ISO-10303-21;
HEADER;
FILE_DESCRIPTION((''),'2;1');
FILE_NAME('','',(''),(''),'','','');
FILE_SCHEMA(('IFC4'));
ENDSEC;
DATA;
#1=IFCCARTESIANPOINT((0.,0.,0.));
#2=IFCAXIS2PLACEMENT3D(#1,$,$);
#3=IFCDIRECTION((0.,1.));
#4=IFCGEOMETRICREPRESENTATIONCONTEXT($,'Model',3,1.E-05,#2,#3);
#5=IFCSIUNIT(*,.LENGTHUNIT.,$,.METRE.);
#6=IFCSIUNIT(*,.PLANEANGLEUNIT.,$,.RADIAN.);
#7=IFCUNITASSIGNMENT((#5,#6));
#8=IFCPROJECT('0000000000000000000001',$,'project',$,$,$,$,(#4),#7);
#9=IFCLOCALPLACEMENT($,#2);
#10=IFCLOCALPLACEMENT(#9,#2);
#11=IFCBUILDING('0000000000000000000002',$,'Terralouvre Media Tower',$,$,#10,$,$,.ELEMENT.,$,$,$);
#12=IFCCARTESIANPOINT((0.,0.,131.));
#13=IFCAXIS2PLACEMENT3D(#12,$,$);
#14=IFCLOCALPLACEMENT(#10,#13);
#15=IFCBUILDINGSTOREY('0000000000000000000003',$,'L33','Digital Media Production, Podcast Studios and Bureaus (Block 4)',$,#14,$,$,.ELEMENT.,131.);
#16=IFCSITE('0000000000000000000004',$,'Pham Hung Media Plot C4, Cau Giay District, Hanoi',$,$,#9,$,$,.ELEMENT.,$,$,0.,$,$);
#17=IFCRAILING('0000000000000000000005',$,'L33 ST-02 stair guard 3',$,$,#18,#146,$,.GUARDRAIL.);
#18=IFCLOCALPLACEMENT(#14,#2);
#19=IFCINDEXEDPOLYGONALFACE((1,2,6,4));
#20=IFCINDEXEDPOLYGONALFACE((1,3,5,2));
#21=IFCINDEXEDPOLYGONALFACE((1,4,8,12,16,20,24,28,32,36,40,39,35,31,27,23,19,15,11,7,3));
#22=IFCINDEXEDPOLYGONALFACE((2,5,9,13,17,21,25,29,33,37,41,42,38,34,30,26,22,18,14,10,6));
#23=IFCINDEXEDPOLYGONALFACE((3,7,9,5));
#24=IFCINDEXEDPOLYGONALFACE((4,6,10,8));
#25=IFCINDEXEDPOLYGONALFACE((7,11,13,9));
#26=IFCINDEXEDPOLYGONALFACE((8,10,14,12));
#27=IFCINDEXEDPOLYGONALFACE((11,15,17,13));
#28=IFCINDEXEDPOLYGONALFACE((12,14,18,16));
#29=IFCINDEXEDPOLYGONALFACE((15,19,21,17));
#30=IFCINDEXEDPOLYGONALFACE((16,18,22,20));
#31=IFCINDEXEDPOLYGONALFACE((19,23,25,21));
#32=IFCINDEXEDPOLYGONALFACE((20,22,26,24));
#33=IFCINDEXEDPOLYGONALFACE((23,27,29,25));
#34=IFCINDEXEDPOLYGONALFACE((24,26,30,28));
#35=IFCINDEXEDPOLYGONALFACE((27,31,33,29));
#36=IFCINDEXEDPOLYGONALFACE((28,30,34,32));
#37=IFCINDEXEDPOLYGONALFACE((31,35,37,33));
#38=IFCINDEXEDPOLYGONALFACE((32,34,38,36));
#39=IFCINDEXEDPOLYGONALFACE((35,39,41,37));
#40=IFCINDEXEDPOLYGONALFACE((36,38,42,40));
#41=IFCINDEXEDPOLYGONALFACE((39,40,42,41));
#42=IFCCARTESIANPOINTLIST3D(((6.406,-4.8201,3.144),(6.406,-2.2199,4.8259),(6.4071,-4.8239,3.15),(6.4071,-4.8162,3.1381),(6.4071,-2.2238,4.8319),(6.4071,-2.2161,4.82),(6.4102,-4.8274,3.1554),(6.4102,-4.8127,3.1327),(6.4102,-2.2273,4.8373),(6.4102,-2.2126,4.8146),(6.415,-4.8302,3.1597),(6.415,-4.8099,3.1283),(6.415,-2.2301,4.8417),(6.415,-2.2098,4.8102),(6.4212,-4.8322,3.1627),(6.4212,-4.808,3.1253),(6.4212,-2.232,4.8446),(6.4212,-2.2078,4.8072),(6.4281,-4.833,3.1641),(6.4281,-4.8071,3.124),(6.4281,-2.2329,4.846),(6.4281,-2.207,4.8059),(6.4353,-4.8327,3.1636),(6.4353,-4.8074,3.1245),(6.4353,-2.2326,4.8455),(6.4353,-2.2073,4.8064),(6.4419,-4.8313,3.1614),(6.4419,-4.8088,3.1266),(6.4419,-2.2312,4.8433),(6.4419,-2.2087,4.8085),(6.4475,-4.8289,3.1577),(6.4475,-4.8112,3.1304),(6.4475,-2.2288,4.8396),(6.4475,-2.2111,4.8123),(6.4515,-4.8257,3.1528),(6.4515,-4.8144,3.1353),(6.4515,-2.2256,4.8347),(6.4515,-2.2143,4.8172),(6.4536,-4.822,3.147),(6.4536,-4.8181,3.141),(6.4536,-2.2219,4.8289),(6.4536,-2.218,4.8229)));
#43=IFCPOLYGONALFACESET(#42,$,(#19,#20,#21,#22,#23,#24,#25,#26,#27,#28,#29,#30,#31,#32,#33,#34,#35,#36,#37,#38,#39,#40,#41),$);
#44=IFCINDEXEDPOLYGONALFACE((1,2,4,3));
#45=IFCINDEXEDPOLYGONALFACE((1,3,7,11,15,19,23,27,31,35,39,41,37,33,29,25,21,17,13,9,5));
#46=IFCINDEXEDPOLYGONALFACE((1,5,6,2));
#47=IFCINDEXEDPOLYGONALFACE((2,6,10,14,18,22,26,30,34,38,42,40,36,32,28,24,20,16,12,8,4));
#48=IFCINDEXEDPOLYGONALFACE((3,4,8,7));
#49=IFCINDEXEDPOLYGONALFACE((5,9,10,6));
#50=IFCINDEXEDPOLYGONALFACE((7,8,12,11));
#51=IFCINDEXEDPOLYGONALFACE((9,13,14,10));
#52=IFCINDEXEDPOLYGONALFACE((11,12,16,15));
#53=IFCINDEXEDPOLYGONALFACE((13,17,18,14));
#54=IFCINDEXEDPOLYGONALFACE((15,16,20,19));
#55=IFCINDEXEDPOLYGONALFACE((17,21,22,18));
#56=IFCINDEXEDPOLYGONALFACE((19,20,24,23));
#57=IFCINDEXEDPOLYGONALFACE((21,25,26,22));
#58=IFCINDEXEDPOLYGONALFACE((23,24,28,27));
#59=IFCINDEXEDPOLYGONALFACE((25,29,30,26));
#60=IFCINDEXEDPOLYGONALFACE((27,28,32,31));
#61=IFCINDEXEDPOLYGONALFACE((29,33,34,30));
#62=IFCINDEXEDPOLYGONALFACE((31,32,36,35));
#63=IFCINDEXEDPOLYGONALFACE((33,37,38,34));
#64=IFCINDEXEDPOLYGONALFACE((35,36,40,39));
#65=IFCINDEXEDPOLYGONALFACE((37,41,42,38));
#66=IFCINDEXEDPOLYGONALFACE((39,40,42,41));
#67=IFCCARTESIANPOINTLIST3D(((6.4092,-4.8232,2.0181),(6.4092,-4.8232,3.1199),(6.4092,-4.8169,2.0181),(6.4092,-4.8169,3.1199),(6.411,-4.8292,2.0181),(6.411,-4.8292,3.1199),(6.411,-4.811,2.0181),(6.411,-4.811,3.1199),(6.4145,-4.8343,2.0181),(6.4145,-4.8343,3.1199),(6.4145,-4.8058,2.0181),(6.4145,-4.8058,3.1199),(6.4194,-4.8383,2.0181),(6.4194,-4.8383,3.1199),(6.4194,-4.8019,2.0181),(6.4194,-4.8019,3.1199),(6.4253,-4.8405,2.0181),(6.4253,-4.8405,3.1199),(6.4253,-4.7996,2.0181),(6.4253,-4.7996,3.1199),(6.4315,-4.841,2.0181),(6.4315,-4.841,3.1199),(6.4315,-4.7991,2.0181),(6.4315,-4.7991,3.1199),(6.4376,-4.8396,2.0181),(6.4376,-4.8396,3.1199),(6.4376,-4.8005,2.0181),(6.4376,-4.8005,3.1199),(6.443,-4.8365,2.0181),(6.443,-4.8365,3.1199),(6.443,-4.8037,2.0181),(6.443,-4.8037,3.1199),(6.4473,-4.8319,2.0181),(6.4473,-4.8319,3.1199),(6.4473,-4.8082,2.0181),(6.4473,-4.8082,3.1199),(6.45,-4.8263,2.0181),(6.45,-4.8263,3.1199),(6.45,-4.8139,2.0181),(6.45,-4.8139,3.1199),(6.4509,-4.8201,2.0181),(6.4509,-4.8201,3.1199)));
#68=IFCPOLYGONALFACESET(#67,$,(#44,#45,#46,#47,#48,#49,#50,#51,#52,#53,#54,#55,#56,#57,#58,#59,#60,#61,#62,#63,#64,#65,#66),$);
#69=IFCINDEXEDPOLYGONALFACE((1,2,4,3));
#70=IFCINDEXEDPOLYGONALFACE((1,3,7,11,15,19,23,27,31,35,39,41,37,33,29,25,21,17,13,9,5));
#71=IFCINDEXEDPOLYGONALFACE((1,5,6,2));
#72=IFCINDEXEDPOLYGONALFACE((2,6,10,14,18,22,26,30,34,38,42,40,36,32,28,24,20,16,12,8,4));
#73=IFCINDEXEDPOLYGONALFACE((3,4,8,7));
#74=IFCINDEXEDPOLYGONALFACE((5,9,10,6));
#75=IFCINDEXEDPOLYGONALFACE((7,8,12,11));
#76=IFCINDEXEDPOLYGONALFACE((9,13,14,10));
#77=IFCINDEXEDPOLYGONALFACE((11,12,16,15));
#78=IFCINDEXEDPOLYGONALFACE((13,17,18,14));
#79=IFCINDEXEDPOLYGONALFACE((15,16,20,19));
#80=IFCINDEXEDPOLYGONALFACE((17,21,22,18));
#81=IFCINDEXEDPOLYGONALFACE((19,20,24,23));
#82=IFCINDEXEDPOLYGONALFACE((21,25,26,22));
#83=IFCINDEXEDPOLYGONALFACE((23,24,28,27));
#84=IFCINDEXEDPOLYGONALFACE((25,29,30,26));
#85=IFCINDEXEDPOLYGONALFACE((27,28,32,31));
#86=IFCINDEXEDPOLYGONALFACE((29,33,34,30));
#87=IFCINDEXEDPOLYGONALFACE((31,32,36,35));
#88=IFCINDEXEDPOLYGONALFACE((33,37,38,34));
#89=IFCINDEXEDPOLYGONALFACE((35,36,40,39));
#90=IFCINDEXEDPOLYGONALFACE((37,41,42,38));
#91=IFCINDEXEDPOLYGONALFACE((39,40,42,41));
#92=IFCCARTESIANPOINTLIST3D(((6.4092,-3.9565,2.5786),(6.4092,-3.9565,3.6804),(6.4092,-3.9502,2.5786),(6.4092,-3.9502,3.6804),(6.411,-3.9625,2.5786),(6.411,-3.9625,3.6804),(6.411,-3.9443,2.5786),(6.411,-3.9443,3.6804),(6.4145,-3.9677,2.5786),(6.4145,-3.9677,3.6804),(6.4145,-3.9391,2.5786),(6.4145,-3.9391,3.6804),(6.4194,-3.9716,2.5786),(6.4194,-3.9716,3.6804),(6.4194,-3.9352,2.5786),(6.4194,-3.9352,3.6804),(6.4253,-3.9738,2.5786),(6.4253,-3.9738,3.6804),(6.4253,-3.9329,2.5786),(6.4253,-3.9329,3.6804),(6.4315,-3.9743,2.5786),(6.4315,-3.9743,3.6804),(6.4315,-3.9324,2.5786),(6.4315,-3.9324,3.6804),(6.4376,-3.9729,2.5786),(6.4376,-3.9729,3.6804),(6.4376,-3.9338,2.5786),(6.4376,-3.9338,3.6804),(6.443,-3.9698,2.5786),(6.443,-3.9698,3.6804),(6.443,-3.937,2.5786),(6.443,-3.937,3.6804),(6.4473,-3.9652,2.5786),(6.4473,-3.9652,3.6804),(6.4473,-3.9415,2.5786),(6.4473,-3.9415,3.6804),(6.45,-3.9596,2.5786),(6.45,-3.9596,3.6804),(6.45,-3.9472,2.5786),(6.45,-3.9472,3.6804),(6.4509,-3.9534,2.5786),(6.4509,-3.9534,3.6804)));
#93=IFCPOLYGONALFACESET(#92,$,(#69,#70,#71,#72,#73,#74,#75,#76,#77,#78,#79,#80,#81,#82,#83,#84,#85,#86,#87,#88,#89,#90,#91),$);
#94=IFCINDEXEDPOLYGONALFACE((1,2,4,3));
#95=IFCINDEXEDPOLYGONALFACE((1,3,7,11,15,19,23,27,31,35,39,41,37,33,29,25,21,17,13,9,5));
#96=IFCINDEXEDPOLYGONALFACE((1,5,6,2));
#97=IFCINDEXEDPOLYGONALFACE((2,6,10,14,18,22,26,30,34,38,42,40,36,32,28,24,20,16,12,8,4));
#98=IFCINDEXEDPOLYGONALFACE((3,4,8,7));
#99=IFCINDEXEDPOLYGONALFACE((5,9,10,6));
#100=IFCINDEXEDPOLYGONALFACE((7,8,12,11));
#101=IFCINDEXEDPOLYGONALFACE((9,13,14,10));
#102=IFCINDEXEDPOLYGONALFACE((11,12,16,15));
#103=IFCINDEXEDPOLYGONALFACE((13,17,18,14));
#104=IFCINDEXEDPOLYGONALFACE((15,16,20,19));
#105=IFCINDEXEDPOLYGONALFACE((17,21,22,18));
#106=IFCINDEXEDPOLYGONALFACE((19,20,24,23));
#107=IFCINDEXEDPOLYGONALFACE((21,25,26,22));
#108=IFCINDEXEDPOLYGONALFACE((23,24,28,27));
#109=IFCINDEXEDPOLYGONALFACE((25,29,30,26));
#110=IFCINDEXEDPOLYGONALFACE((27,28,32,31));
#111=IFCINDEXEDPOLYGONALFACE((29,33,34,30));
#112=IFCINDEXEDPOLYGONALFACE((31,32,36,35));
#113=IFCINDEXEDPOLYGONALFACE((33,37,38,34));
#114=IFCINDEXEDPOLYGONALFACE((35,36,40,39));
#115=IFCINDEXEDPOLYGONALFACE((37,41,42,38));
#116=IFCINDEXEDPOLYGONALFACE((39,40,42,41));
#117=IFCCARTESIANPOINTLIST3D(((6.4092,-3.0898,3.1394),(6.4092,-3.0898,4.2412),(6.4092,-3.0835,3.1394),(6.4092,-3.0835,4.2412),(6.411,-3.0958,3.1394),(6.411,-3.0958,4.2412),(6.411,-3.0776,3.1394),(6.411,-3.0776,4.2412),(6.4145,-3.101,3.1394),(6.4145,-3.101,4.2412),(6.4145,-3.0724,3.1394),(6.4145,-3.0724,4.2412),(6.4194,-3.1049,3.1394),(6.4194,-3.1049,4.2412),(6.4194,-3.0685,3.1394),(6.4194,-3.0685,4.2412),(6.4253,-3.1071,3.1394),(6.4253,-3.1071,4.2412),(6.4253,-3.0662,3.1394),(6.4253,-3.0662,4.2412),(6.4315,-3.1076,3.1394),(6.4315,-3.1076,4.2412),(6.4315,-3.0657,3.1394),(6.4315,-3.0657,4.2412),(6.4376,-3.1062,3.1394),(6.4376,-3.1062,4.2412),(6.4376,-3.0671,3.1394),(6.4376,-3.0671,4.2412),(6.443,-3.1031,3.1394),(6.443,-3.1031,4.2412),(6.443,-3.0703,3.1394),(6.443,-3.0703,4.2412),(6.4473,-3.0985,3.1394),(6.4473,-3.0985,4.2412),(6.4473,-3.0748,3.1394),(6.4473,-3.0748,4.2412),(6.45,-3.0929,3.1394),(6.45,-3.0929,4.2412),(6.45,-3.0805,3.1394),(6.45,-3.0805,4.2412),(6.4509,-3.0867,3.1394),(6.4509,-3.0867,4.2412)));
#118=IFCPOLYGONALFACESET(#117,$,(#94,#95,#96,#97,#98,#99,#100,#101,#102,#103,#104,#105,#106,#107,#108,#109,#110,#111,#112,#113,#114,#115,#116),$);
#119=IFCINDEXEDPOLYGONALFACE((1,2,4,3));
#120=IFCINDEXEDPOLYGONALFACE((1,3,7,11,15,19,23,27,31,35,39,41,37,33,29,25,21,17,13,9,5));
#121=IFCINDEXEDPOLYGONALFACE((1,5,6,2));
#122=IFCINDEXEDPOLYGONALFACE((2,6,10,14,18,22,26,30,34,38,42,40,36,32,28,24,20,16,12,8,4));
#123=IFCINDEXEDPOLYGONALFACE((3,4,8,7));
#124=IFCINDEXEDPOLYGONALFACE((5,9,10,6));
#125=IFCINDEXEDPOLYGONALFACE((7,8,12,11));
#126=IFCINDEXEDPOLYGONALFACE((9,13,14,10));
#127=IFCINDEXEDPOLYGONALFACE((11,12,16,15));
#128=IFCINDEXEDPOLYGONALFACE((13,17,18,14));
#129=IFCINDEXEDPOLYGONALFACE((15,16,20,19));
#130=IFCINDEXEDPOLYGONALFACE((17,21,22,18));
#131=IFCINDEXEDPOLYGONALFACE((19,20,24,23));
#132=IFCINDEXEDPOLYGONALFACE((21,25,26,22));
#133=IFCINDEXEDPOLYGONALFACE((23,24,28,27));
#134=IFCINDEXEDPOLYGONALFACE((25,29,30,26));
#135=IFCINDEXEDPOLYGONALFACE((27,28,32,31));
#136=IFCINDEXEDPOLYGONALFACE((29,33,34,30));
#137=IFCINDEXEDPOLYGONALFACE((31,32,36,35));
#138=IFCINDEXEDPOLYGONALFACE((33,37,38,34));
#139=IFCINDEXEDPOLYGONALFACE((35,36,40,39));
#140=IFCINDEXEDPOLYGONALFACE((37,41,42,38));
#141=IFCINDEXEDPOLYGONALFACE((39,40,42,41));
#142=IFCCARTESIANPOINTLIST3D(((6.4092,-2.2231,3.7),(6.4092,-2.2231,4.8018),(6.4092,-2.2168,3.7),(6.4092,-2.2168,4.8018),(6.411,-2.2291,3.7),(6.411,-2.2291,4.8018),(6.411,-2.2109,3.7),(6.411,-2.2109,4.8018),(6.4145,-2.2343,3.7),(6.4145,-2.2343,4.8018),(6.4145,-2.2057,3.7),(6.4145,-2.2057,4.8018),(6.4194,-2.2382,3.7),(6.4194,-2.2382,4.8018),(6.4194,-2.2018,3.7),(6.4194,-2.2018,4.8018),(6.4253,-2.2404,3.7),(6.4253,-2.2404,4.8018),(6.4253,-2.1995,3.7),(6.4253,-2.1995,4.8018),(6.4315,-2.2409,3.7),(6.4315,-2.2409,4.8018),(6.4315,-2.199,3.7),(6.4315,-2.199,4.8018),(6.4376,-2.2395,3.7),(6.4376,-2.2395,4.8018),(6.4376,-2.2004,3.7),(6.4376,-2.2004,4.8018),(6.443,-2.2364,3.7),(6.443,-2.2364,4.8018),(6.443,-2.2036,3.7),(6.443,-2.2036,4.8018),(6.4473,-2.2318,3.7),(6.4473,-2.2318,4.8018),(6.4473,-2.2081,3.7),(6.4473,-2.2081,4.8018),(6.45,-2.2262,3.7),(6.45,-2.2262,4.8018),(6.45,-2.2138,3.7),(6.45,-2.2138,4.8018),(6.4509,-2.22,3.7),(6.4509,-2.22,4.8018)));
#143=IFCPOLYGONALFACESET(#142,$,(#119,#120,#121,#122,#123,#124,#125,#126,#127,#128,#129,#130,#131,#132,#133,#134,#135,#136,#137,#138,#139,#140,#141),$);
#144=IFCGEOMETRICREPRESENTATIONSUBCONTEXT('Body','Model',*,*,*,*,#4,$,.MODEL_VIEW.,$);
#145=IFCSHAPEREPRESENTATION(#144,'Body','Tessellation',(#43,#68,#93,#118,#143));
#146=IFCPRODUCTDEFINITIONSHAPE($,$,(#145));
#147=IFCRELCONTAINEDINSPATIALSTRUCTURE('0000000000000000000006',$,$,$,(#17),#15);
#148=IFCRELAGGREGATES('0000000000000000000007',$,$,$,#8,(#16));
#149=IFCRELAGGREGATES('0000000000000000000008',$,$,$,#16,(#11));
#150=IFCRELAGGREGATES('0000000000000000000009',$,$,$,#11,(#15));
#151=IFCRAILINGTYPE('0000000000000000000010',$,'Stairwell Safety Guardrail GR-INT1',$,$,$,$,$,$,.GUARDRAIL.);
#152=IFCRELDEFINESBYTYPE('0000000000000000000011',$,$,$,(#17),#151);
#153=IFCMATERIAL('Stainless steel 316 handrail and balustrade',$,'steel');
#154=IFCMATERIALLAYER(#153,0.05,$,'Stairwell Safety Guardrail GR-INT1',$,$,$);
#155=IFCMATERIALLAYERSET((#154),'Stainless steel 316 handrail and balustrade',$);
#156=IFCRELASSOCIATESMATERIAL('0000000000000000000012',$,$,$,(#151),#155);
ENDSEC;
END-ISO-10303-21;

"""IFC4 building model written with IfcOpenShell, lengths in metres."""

from ifc_helpers import new_model, si_unit, direction, frame, origin, origin_2d, place, context, subcontext, project, spatial, circle, extrude, material, layer, layer_set, type_object, element, save


model = new_model("IFC4")

# Units and contexts
model_context = context("Model", 3, precision=1e-05, world=origin(), true_north=direction((0.0, 1.0)))
body_context = subcontext(model_context, "Body", "Model", "MODEL_VIEW")
ifc_project = project(units=[si_unit("LENGTHUNIT", "METRE"), si_unit("PLANEANGLEUNIT", "RADIAN")], contexts=[model_context])

# Site, building, storey
site_placement = place(None, origin())
site = spatial("IfcSite", under=ifc_project, at=site_placement, Name="Pham Hung Media Plot C4, Cau Giay District, Hanoi", CompositionType="ELEMENT", RefElevation=0.0)
building_placement = place(site_placement, origin())
building = spatial("IfcBuilding", under=site, at=building_placement, Name="Terralouvre Media Tower", CompositionType="ELEMENT")
storey_placement = place(building_placement, frame((0.0, 0.0, 131.0)))
storey = spatial("IfcBuildingStorey", under=building, at=storey_placement, Name="L33", Description="Digital Media Production, Podcast Studios and Bureaus (Block 4)", CompositionType="ELEMENT", Elevation=131.0)

# Railing
ifc_material_1 = material(Name="Stainless steel 316 handrail and balustrade", Category="steel")
ifc_layer_1 = layer(ifc_material_1, 0.05, Name="Stairwell Safety Guardrail GR-INT1")
ifc_layer_set_1 = layer_set([ifc_layer_1], Name="Stainless steel 316 handrail and balustrade")
railing_type_1 = type_object("IfcRailingType", Name="Stairwell Safety Guardrail GR-INT1", PredefinedType="GUARDRAIL", material=ifc_layer_set_1)
railing_1_placement = place(storey_placement, frame((6.4299, -4.8201, 2.0181)))
element("IfcRailing", 1, at=railing_1_placement, inside=storey, type_object=railing_type_1, Name="L33 ST-02 stair guard 3", PredefinedType="GUARDRAIL", context=body_context, shape_type="SweptSolid", body=[
    extrude(circle(Radius=0.0239, at=origin_2d()), frame((0.0, 0.0, 1.126), z_axis=(0.0, 0.839648, 0.54313), x_axis=(-1.0, 0.0, 0.0)), (0.0, 0.0, 1.0), 3.0967),
    extrude(circle(Radius=0.021, at=origin_2d()), origin(), (0.0, 0.0, 1.0), 1.1018),
    extrude(circle(Radius=0.021, at=origin_2d()), frame((0.0, 0.8667, 0.5605)), (0.0, 0.0, 1.0), 1.1018),
    extrude(circle(Radius=0.021, at=origin_2d()), frame((0.0, 1.7334, 1.1213)), (0.0, 0.0, 1.0), 1.1018),
    extrude(circle(Radius=0.021, at=origin_2d()), frame((0.0, 2.6001, 1.6819)), (0.0, 0.0, 1.0), 1.1018),
])

save(model, "model.ifc")
